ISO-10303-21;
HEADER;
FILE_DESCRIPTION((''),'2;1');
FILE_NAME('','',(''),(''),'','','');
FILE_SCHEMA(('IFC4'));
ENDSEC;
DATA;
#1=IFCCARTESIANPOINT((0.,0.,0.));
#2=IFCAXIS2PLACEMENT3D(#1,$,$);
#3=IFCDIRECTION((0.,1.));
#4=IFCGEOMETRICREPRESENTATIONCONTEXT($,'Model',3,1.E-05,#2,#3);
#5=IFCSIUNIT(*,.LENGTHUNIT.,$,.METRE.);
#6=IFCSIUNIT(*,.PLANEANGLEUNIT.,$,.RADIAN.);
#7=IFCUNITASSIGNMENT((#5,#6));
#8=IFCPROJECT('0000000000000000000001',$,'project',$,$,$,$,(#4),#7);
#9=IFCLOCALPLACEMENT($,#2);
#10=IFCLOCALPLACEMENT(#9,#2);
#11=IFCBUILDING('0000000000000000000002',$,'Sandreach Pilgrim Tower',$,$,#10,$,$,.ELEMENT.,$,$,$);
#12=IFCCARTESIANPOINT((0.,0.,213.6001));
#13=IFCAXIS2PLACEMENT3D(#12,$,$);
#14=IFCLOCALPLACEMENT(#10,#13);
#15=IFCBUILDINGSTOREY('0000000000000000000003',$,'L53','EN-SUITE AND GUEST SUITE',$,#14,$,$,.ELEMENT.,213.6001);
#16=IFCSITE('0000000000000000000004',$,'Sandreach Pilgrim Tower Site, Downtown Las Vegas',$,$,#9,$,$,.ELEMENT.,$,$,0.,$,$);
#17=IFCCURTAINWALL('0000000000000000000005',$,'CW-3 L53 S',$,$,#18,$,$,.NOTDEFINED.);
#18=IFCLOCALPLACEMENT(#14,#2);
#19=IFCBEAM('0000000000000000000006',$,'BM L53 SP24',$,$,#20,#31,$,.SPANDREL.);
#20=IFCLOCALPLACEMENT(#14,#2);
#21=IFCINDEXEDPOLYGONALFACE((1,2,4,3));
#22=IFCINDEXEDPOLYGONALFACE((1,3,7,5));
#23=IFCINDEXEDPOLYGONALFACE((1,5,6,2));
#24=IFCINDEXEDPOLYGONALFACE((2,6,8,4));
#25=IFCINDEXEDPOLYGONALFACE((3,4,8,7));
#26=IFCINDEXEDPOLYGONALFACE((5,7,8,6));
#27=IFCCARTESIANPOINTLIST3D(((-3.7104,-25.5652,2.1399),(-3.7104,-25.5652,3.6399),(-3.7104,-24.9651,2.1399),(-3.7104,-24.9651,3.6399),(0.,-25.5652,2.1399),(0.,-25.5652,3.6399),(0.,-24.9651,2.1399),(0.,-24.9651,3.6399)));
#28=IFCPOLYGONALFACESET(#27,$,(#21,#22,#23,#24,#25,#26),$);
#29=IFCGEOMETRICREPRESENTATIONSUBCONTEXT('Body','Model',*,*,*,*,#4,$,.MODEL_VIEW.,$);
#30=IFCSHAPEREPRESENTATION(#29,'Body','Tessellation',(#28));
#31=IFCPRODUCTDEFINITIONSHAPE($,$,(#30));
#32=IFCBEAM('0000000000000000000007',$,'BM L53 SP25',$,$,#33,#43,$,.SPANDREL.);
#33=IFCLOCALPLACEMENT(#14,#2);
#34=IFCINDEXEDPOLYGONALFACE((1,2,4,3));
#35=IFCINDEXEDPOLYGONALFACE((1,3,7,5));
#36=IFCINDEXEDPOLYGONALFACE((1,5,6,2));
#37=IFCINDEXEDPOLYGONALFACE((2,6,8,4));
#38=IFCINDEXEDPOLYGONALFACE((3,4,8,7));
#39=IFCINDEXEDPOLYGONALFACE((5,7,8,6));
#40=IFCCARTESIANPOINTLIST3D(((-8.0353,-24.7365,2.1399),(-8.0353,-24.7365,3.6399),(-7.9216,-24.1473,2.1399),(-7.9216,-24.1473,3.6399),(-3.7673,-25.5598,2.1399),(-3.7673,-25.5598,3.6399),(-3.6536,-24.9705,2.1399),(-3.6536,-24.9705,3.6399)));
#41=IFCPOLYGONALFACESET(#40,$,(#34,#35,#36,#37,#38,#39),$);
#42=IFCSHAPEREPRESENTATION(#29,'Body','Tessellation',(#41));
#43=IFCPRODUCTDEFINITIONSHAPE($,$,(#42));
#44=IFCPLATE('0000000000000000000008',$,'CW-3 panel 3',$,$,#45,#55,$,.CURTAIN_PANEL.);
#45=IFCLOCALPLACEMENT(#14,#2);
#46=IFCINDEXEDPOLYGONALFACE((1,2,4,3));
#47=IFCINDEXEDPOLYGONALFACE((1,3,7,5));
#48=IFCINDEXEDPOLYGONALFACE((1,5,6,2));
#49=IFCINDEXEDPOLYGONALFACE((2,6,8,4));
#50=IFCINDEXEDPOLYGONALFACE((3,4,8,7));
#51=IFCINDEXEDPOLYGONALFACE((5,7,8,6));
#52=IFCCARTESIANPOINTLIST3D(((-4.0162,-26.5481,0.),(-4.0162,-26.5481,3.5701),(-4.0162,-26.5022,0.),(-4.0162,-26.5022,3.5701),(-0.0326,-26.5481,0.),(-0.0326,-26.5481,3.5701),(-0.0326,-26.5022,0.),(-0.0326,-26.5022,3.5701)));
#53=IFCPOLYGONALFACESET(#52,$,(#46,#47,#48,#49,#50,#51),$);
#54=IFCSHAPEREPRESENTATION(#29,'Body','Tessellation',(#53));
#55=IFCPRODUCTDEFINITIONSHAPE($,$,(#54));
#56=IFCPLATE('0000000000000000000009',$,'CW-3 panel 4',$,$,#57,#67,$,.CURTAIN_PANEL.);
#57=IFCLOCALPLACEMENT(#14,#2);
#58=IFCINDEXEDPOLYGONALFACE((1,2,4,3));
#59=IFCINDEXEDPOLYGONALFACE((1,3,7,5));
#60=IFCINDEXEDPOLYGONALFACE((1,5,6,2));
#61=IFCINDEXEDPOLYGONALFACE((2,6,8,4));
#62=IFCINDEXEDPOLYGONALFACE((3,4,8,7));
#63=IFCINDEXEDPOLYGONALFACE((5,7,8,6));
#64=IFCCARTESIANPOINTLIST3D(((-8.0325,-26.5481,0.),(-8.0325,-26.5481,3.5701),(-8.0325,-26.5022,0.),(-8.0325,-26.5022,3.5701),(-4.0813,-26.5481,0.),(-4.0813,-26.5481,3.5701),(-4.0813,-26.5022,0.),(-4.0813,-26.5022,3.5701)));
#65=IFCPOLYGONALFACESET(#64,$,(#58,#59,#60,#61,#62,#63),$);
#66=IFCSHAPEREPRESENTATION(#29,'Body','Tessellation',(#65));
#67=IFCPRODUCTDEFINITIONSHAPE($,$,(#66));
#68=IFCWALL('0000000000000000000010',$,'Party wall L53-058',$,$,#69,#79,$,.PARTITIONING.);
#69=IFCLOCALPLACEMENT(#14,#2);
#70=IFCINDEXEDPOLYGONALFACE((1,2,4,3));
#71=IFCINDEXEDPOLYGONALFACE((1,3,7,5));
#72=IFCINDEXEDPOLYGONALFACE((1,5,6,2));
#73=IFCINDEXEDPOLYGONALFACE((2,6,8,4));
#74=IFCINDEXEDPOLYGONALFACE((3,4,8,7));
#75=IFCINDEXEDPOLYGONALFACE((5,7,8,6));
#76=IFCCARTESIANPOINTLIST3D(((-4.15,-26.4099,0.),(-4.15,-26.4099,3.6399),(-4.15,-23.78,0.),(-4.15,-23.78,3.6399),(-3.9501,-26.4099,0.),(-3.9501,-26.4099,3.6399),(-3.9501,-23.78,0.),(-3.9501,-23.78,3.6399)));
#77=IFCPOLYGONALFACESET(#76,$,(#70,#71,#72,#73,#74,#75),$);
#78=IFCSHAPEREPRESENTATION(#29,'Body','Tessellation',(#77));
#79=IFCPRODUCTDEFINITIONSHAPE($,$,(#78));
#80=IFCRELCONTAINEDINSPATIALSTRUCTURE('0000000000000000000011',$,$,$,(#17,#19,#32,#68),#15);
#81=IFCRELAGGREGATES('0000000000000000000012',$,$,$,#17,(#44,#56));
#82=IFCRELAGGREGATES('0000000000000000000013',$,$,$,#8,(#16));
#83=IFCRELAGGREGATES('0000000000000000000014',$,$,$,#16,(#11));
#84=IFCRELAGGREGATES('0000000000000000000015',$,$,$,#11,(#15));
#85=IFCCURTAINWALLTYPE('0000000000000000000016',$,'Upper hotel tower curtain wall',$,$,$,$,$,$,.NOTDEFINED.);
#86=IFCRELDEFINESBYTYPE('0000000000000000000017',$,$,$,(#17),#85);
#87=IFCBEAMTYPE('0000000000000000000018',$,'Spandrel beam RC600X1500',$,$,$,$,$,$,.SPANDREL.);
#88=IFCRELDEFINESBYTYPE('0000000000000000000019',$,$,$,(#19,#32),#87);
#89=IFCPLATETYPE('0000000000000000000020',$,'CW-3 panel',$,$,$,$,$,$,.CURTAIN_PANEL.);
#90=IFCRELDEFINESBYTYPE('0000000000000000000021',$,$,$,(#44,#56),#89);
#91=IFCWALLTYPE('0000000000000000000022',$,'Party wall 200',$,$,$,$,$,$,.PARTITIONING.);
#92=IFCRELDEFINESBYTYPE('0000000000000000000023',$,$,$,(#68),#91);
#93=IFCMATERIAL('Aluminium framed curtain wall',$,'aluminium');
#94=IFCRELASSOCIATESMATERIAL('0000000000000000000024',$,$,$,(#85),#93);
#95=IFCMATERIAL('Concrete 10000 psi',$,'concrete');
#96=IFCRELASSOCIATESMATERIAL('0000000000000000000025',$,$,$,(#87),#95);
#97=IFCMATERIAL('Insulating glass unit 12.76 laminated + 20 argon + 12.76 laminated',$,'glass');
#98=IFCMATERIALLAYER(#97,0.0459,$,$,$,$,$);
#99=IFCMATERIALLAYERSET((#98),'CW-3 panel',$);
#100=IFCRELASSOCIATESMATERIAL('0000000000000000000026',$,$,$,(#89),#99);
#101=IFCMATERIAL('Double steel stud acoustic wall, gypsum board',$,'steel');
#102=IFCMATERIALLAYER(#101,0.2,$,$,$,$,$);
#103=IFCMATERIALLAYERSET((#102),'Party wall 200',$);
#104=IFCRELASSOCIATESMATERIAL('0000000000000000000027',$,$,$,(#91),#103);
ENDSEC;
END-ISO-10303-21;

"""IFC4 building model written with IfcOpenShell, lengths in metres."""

from ifc_helpers import new_model, si_unit, direction, frame, frame_2d, origin, origin_2d, place, context, subcontext, project, spatial, rectangle, extrude, material, layer, layer_set, material_profile, profile_set, type_object, element, aggregate, save


model = new_model("IFC4")

# Units and contexts
model_context = context("Model", 3, precision=1e-05, world=origin(), true_north=direction((0.0, 1.0)))
body_context = subcontext(model_context, "Body", "Model", "MODEL_VIEW")
ifc_project = project(units=[si_unit("LENGTHUNIT", "METRE"), si_unit("PLANEANGLEUNIT", "RADIAN")], contexts=[model_context])

# Site, building, storey
site_placement = place(None, origin())
site = spatial("IfcSite", under=ifc_project, at=site_placement, Name="Sandreach Pilgrim Tower Site, Downtown Las Vegas", CompositionType="ELEMENT", RefElevation=0.0)
building_placement = place(site_placement, origin())
building = spatial("IfcBuilding", under=site, at=building_placement, Name="Sandreach Pilgrim Tower", CompositionType="ELEMENT")
storey_placement = place(building_placement, frame((0.0, 0.0, 213.6001)))
storey = spatial("IfcBuildingStorey", under=building, at=storey_placement, Name="L53", Description="EN-SUITE AND GUEST SUITE", CompositionType="ELEMENT", Elevation=213.6001)

# Curtain wall
ifc_material_1 = material(Name="Aluminium framed curtain wall", Category="aluminium")
curtain_wall_type = type_object("IfcCurtainWallType", Name="Upper hotel tower curtain wall", PredefinedType="NOTDEFINED", material=ifc_material_1)
curtain_wall_placement = place(storey_placement, origin())
curtain_wall = element("IfcCurtainWall", 1, at=curtain_wall_placement, inside=storey, type_object=curtain_wall_type, Name="CW-3 L53 S", PredefinedType="NOTDEFINED")

# Beams
ifc_material_2 = material(Name="Concrete 10000 psi", Category="concrete")
ifc_material_profile_1 = material_profile(ifc_material_2, rectangle(XDim=0.6001, YDim=1.5, at=origin_2d()), Name="RC600X1500")
ifc_profile_set_1 = profile_set([ifc_material_profile_1], Name="Concrete 10000 psi")
beam_type_1 = type_object("IfcBeamType", Name="Spandrel beam RC600X1500", PredefinedType="SPANDREL", material=ifc_profile_set_1)
beam_1_placement = place(storey_placement, frame((0.0, -25.2651, 2.8899), z_axis=(-1.0, 0.0, 0.0), x_axis=(0.0, -1.0, 0.0)))
element("IfcBeam", 2, at=beam_1_placement, inside=storey, type_object=beam_type_1, Name="BM L53 SP24", PredefinedType="SPANDREL", context=body_context, shape_type="SweptSolid", body=[
    extrude(rectangle(XDim=0.6001, YDim=1.5, at=origin_2d()), origin(), (0.0, 0.0, 1.0), 3.7104),
])
beam_2_placement = place(storey_placement, frame((-3.7104, -25.2651, 2.8899), z_axis=(-0.981901, 0.189393, 0.0), x_axis=(-0.189393, -0.981901, 0.0)))
element("IfcBeam", 3, at=beam_2_placement, inside=storey, type_object=beam_type_1, Name="BM L53 SP25", PredefinedType="SPANDREL", context=body_context, shape_type="SweptSolid", body=[
    extrude(rectangle(XDim=0.6001, YDim=1.5, at=origin_2d()), origin(), (0.0, 0.0, 1.0), 4.3467),
])

# Plates
ifc_material_3 = material(Name="Insulating glass unit 12.76 laminated + 20 argon + 12.76 laminated", Category="glass")
ifc_layer_1 = layer(ifc_material_3, 0.0459)
ifc_layer_set_1 = layer_set([ifc_layer_1], Name="CW-3 panel")
plate_type = type_object("IfcPlateType", Name="CW-3 panel", PredefinedType="CURTAIN_PANEL", material=ifc_layer_set_1)
plate_1_placement = place(storey_placement, frame((-2.0244, -26.5251, 0.0), z_axis=(0.0, 0.0, 1.0), x_axis=(-1.0, 0.0, 0.0)))
plate_1 = element("IfcPlate", 4, at=plate_1_placement, type_object=plate_type, Name="CW-3 panel 3", PredefinedType="CURTAIN_PANEL", context=body_context, shape_type="SweptSolid", body=[
    extrude(rectangle(XDim=3.9836, YDim=0.0459, at=origin_2d()), origin(), (0.0, 0.0, 1.0), 3.5701),
])
plate_2_placement = place(storey_placement, frame((-6.0569, -26.5251, 0.0), z_axis=(0.0, 0.0, 1.0), x_axis=(-1.0, 0.0, 0.0)))
plate_2 = element("IfcPlate", 5, at=plate_2_placement, type_object=plate_type, Name="CW-3 panel 4", PredefinedType="CURTAIN_PANEL", context=body_context, shape_type="SweptSolid", body=[
    extrude(rectangle(XDim=3.9512, YDim=0.0459, at=origin_2d()), origin(), (0.0, 0.0, 1.0), 3.5701),
])
aggregate(curtain_wall, [plate_1, plate_2])

# Wall
ifc_material_4 = material(Name="Double steel stud acoustic wall, gypsum board", Category="steel")
ifc_layer_2 = layer(ifc_material_4, 0.2)
ifc_layer_set_2 = layer_set([ifc_layer_2], Name="Party wall 200")
wall_type = type_object("IfcWallType", Name="Party wall 200", PredefinedType="PARTITIONING", material=ifc_layer_set_2)
wall_placement = place(storey_placement, frame((-4.05, -26.4099, 0.0), z_axis=(0.0, 0.0, 1.0), x_axis=(0.0, 1.0, 0.0)))
element("IfcWall", 6, at=wall_placement, inside=storey, type_object=wall_type, Name="Party wall L53-058", PredefinedType="PARTITIONING", context=body_context, shape_type="SweptSolid", body=[
    extrude(rectangle(XDim=2.6299, YDim=0.2, at=frame_2d((1.3149, 0.0))), origin(), (0.0, 0.0, 1.0), 3.6399),
])

save(model, "model.ifc")
